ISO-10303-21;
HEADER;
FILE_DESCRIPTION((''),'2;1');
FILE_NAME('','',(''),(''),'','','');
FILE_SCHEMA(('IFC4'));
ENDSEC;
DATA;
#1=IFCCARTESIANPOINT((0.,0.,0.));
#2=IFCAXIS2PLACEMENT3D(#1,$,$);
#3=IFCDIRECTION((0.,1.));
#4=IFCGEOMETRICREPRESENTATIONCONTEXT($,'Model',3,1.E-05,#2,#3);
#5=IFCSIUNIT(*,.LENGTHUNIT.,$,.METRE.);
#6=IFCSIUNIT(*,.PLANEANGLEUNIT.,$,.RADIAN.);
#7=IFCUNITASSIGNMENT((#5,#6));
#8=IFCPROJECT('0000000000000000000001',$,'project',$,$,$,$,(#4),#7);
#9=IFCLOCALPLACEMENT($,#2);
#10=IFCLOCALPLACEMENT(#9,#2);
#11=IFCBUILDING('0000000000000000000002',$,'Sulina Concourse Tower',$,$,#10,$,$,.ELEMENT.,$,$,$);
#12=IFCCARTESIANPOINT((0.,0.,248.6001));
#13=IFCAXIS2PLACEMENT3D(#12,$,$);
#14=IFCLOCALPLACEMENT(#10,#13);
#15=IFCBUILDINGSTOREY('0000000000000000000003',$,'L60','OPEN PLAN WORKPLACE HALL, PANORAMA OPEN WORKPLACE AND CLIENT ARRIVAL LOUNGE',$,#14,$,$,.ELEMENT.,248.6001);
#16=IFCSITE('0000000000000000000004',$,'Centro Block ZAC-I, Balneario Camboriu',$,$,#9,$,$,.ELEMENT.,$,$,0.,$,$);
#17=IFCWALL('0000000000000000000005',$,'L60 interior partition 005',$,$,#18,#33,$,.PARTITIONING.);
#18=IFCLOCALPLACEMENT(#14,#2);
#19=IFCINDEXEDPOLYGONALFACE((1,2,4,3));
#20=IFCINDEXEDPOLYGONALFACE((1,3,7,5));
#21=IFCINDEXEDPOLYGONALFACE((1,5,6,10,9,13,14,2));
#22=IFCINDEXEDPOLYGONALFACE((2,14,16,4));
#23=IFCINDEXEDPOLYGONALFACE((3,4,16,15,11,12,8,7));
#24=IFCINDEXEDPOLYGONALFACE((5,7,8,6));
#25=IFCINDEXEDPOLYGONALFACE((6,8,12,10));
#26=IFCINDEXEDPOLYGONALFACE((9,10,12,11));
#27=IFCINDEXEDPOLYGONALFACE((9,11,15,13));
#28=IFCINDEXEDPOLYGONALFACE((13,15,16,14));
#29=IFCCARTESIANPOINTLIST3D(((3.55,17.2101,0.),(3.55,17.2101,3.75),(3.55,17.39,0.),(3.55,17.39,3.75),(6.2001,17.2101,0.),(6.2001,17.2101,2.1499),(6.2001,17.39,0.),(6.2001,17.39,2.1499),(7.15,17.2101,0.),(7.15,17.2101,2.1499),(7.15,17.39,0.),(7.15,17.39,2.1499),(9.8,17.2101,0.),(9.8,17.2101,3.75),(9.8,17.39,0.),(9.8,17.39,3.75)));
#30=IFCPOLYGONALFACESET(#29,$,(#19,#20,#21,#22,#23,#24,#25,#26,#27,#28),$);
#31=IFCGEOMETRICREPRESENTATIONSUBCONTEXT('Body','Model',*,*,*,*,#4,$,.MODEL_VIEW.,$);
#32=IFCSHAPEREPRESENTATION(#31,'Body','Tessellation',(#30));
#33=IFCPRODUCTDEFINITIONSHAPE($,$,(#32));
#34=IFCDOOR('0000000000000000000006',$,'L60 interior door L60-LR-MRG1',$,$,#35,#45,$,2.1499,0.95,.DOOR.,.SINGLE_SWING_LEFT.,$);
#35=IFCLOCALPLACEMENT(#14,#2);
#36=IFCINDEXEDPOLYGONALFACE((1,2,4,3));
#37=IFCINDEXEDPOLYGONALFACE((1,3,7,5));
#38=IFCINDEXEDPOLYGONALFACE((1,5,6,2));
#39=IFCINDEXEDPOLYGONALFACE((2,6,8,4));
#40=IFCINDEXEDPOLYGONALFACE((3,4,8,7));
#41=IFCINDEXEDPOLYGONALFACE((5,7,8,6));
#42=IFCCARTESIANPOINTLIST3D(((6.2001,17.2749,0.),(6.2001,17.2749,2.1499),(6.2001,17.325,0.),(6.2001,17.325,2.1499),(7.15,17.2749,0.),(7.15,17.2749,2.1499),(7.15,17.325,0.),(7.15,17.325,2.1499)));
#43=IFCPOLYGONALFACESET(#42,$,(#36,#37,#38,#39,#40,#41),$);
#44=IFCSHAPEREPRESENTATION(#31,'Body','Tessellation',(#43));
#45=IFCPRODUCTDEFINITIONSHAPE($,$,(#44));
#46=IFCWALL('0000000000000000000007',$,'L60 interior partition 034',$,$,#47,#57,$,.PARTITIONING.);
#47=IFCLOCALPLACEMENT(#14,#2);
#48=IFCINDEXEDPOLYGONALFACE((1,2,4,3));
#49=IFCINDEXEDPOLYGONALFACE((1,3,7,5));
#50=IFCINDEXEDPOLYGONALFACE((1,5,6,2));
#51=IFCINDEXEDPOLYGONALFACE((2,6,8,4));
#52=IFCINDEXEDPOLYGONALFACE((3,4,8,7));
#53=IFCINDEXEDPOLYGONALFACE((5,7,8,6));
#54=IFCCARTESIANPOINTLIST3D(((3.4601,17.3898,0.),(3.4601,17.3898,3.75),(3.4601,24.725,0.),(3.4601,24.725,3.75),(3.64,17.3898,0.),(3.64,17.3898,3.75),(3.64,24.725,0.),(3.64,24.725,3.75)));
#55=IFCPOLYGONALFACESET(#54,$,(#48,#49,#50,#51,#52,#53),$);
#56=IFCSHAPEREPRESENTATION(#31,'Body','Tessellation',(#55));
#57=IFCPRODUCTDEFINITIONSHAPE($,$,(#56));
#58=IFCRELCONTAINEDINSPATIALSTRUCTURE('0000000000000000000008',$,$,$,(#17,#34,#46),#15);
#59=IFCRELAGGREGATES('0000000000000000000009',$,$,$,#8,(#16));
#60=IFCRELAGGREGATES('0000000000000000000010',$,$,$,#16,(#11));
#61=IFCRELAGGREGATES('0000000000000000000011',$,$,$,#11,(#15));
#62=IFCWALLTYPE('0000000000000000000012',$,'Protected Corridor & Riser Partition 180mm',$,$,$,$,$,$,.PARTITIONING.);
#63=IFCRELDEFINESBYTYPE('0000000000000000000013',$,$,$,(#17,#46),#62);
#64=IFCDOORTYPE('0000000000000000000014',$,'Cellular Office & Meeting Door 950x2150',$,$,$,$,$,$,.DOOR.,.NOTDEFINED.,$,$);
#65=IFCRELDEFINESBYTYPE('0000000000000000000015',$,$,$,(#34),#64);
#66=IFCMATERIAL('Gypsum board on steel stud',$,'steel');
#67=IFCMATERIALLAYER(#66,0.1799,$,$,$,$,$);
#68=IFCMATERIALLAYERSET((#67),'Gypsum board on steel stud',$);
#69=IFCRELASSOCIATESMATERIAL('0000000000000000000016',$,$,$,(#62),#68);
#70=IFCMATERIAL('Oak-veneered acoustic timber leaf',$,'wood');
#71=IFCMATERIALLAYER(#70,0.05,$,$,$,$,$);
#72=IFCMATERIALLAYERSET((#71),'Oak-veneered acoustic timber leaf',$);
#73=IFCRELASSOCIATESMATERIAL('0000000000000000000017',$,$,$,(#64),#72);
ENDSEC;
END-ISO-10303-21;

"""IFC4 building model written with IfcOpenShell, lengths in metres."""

from ifc_helpers import new_model, si_unit, direction, frame, frame_2d, origin, place, context, subcontext, project, spatial, rectangle, extrude, material, layer, layer_set, type_object, element, fill, save


model = new_model("IFC4")

# Units and contexts
model_context = context("Model", 3, precision=1e-05, world=origin(), true_north=direction((0.0, 1.0)))
body_context = subcontext(model_context, "Body", "Model", "MODEL_VIEW")
ifc_project = project(units=[si_unit("LENGTHUNIT", "METRE"), si_unit("PLANEANGLEUNIT", "RADIAN")], contexts=[model_context])

# Site, building, storey
site_placement = place(None, origin())
site = spatial("IfcSite", under=ifc_project, at=site_placement, Name="Centro Block ZAC-I, Balneario Camboriu", CompositionType="ELEMENT", RefElevation=0.0)
building_placement = place(site_placement, origin())
building = spatial("IfcBuilding", under=site, at=building_placement, Name="Sulina Concourse Tower", CompositionType="ELEMENT")
storey_placement = place(building_placement, frame((0.0, 0.0, 248.6001)))
storey = spatial("IfcBuildingStorey", under=building, at=storey_placement, Name="L60", Description="OPEN PLAN WORKPLACE HALL, PANORAMA OPEN WORKPLACE AND CLIENT ARRIVAL LOUNGE", CompositionType="ELEMENT", Elevation=248.6001)

# Wall, opening, door
ifc_material_1 = material(Name="Gypsum board on steel stud", Category="steel")
ifc_layer_1 = layer(ifc_material_1, 0.1799)
ifc_layer_set_1 = layer_set([ifc_layer_1], Name="Gypsum board on steel stud")
wall_type_1 = type_object("IfcWallType", Name="Protected Corridor & Riser Partition 180mm", PredefinedType="PARTITIONING", material=ifc_layer_set_1)
ifc_material_2 = material(Name="Oak-veneered acoustic timber leaf", Category="wood")
ifc_layer_2 = layer(ifc_material_2, 0.05)
ifc_layer_set_2 = layer_set([ifc_layer_2], Name="Oak-veneered acoustic timber leaf")
door_type_1 = type_object("IfcDoorType", Name="Cellular Office & Meeting Door 950x2150", OperationType="NOTDEFINED", PredefinedType="DOOR", material=ifc_layer_set_2)
wall_1_placement = place(storey_placement, frame((3.55, 17.3, 0.0), z_axis=(0.0, 0.0, 1.0), x_axis=(1.0, 0.0, 0.0)))
wall_1 = element("IfcWall", 1, at=wall_1_placement, inside=storey, type_object=wall_type_1, Name="L60 interior partition 005", PredefinedType="PARTITIONING", context=body_context, shape_type="SweptSolid", body=[
    extrude(rectangle(XDim=6.25, YDim=0.1799, at=frame_2d((3.125, 0.0))), origin(), (0.0, 0.0, 1.0), 3.75),
])
opening_1_placement = place(wall_1_placement, frame((2.6499, 0.0, 0.0)))
opening_1 = element("IfcOpeningElement", 2, at=opening_1_placement, cuts=wall_1, PredefinedType="OPENING", context=body_context, shape_type="SweptSolid", body=[
    extrude(rectangle(XDim=0.95, YDim=2.1499, at=frame_2d((0.4751, 1.075))), frame((0.0, 0.0999, 0.0), z_axis=(0.0, -1.0, 0.0), x_axis=(1.0, 0.0, 0.0)), (0.0, 0.0, 1.0), 0.2),
])
door_1_placement = place(opening_1_placement, origin())
door_1 = element("IfcDoor", 3, at=door_1_placement, inside=storey, type_object=door_type_1, Name="L60 interior door L60-LR-MRG1", OperationType="SINGLE_SWING_LEFT", OverallHeight=2.1499, OverallWidth=0.95, PredefinedType="DOOR", context=body_context, shape_type="SweptSolid", body=[
    extrude(rectangle(XDim=0.95, YDim=2.1499, at=frame_2d((0.4751, 1.075))), frame((0.0, 0.0249, 0.0), z_axis=(0.0, -1.0, 0.0), x_axis=(1.0, 0.0, 0.0)), (0.0, 0.0, 1.0), 0.05),
])
fill(opening_1, door_1)

# Wall
wall_2_placement = place(storey_placement, frame((3.55, 17.3899, 0.0), z_axis=(0.0, 0.0, 1.0), x_axis=(0.0, 1.0, 0.0)))
element("IfcWall", 4, at=wall_2_placement, inside=storey, type_object=wall_type_1, Name="L60 interior partition 034", PredefinedType="PARTITIONING", context=body_context, shape_type="SweptSolid", body=[
    extrude(rectangle(XDim=7.3352, YDim=0.1799, at=frame_2d((3.6675, 0.0))), origin(), (0.0, 0.0, 1.0), 3.75),
])

save(model, "model.ifc")
